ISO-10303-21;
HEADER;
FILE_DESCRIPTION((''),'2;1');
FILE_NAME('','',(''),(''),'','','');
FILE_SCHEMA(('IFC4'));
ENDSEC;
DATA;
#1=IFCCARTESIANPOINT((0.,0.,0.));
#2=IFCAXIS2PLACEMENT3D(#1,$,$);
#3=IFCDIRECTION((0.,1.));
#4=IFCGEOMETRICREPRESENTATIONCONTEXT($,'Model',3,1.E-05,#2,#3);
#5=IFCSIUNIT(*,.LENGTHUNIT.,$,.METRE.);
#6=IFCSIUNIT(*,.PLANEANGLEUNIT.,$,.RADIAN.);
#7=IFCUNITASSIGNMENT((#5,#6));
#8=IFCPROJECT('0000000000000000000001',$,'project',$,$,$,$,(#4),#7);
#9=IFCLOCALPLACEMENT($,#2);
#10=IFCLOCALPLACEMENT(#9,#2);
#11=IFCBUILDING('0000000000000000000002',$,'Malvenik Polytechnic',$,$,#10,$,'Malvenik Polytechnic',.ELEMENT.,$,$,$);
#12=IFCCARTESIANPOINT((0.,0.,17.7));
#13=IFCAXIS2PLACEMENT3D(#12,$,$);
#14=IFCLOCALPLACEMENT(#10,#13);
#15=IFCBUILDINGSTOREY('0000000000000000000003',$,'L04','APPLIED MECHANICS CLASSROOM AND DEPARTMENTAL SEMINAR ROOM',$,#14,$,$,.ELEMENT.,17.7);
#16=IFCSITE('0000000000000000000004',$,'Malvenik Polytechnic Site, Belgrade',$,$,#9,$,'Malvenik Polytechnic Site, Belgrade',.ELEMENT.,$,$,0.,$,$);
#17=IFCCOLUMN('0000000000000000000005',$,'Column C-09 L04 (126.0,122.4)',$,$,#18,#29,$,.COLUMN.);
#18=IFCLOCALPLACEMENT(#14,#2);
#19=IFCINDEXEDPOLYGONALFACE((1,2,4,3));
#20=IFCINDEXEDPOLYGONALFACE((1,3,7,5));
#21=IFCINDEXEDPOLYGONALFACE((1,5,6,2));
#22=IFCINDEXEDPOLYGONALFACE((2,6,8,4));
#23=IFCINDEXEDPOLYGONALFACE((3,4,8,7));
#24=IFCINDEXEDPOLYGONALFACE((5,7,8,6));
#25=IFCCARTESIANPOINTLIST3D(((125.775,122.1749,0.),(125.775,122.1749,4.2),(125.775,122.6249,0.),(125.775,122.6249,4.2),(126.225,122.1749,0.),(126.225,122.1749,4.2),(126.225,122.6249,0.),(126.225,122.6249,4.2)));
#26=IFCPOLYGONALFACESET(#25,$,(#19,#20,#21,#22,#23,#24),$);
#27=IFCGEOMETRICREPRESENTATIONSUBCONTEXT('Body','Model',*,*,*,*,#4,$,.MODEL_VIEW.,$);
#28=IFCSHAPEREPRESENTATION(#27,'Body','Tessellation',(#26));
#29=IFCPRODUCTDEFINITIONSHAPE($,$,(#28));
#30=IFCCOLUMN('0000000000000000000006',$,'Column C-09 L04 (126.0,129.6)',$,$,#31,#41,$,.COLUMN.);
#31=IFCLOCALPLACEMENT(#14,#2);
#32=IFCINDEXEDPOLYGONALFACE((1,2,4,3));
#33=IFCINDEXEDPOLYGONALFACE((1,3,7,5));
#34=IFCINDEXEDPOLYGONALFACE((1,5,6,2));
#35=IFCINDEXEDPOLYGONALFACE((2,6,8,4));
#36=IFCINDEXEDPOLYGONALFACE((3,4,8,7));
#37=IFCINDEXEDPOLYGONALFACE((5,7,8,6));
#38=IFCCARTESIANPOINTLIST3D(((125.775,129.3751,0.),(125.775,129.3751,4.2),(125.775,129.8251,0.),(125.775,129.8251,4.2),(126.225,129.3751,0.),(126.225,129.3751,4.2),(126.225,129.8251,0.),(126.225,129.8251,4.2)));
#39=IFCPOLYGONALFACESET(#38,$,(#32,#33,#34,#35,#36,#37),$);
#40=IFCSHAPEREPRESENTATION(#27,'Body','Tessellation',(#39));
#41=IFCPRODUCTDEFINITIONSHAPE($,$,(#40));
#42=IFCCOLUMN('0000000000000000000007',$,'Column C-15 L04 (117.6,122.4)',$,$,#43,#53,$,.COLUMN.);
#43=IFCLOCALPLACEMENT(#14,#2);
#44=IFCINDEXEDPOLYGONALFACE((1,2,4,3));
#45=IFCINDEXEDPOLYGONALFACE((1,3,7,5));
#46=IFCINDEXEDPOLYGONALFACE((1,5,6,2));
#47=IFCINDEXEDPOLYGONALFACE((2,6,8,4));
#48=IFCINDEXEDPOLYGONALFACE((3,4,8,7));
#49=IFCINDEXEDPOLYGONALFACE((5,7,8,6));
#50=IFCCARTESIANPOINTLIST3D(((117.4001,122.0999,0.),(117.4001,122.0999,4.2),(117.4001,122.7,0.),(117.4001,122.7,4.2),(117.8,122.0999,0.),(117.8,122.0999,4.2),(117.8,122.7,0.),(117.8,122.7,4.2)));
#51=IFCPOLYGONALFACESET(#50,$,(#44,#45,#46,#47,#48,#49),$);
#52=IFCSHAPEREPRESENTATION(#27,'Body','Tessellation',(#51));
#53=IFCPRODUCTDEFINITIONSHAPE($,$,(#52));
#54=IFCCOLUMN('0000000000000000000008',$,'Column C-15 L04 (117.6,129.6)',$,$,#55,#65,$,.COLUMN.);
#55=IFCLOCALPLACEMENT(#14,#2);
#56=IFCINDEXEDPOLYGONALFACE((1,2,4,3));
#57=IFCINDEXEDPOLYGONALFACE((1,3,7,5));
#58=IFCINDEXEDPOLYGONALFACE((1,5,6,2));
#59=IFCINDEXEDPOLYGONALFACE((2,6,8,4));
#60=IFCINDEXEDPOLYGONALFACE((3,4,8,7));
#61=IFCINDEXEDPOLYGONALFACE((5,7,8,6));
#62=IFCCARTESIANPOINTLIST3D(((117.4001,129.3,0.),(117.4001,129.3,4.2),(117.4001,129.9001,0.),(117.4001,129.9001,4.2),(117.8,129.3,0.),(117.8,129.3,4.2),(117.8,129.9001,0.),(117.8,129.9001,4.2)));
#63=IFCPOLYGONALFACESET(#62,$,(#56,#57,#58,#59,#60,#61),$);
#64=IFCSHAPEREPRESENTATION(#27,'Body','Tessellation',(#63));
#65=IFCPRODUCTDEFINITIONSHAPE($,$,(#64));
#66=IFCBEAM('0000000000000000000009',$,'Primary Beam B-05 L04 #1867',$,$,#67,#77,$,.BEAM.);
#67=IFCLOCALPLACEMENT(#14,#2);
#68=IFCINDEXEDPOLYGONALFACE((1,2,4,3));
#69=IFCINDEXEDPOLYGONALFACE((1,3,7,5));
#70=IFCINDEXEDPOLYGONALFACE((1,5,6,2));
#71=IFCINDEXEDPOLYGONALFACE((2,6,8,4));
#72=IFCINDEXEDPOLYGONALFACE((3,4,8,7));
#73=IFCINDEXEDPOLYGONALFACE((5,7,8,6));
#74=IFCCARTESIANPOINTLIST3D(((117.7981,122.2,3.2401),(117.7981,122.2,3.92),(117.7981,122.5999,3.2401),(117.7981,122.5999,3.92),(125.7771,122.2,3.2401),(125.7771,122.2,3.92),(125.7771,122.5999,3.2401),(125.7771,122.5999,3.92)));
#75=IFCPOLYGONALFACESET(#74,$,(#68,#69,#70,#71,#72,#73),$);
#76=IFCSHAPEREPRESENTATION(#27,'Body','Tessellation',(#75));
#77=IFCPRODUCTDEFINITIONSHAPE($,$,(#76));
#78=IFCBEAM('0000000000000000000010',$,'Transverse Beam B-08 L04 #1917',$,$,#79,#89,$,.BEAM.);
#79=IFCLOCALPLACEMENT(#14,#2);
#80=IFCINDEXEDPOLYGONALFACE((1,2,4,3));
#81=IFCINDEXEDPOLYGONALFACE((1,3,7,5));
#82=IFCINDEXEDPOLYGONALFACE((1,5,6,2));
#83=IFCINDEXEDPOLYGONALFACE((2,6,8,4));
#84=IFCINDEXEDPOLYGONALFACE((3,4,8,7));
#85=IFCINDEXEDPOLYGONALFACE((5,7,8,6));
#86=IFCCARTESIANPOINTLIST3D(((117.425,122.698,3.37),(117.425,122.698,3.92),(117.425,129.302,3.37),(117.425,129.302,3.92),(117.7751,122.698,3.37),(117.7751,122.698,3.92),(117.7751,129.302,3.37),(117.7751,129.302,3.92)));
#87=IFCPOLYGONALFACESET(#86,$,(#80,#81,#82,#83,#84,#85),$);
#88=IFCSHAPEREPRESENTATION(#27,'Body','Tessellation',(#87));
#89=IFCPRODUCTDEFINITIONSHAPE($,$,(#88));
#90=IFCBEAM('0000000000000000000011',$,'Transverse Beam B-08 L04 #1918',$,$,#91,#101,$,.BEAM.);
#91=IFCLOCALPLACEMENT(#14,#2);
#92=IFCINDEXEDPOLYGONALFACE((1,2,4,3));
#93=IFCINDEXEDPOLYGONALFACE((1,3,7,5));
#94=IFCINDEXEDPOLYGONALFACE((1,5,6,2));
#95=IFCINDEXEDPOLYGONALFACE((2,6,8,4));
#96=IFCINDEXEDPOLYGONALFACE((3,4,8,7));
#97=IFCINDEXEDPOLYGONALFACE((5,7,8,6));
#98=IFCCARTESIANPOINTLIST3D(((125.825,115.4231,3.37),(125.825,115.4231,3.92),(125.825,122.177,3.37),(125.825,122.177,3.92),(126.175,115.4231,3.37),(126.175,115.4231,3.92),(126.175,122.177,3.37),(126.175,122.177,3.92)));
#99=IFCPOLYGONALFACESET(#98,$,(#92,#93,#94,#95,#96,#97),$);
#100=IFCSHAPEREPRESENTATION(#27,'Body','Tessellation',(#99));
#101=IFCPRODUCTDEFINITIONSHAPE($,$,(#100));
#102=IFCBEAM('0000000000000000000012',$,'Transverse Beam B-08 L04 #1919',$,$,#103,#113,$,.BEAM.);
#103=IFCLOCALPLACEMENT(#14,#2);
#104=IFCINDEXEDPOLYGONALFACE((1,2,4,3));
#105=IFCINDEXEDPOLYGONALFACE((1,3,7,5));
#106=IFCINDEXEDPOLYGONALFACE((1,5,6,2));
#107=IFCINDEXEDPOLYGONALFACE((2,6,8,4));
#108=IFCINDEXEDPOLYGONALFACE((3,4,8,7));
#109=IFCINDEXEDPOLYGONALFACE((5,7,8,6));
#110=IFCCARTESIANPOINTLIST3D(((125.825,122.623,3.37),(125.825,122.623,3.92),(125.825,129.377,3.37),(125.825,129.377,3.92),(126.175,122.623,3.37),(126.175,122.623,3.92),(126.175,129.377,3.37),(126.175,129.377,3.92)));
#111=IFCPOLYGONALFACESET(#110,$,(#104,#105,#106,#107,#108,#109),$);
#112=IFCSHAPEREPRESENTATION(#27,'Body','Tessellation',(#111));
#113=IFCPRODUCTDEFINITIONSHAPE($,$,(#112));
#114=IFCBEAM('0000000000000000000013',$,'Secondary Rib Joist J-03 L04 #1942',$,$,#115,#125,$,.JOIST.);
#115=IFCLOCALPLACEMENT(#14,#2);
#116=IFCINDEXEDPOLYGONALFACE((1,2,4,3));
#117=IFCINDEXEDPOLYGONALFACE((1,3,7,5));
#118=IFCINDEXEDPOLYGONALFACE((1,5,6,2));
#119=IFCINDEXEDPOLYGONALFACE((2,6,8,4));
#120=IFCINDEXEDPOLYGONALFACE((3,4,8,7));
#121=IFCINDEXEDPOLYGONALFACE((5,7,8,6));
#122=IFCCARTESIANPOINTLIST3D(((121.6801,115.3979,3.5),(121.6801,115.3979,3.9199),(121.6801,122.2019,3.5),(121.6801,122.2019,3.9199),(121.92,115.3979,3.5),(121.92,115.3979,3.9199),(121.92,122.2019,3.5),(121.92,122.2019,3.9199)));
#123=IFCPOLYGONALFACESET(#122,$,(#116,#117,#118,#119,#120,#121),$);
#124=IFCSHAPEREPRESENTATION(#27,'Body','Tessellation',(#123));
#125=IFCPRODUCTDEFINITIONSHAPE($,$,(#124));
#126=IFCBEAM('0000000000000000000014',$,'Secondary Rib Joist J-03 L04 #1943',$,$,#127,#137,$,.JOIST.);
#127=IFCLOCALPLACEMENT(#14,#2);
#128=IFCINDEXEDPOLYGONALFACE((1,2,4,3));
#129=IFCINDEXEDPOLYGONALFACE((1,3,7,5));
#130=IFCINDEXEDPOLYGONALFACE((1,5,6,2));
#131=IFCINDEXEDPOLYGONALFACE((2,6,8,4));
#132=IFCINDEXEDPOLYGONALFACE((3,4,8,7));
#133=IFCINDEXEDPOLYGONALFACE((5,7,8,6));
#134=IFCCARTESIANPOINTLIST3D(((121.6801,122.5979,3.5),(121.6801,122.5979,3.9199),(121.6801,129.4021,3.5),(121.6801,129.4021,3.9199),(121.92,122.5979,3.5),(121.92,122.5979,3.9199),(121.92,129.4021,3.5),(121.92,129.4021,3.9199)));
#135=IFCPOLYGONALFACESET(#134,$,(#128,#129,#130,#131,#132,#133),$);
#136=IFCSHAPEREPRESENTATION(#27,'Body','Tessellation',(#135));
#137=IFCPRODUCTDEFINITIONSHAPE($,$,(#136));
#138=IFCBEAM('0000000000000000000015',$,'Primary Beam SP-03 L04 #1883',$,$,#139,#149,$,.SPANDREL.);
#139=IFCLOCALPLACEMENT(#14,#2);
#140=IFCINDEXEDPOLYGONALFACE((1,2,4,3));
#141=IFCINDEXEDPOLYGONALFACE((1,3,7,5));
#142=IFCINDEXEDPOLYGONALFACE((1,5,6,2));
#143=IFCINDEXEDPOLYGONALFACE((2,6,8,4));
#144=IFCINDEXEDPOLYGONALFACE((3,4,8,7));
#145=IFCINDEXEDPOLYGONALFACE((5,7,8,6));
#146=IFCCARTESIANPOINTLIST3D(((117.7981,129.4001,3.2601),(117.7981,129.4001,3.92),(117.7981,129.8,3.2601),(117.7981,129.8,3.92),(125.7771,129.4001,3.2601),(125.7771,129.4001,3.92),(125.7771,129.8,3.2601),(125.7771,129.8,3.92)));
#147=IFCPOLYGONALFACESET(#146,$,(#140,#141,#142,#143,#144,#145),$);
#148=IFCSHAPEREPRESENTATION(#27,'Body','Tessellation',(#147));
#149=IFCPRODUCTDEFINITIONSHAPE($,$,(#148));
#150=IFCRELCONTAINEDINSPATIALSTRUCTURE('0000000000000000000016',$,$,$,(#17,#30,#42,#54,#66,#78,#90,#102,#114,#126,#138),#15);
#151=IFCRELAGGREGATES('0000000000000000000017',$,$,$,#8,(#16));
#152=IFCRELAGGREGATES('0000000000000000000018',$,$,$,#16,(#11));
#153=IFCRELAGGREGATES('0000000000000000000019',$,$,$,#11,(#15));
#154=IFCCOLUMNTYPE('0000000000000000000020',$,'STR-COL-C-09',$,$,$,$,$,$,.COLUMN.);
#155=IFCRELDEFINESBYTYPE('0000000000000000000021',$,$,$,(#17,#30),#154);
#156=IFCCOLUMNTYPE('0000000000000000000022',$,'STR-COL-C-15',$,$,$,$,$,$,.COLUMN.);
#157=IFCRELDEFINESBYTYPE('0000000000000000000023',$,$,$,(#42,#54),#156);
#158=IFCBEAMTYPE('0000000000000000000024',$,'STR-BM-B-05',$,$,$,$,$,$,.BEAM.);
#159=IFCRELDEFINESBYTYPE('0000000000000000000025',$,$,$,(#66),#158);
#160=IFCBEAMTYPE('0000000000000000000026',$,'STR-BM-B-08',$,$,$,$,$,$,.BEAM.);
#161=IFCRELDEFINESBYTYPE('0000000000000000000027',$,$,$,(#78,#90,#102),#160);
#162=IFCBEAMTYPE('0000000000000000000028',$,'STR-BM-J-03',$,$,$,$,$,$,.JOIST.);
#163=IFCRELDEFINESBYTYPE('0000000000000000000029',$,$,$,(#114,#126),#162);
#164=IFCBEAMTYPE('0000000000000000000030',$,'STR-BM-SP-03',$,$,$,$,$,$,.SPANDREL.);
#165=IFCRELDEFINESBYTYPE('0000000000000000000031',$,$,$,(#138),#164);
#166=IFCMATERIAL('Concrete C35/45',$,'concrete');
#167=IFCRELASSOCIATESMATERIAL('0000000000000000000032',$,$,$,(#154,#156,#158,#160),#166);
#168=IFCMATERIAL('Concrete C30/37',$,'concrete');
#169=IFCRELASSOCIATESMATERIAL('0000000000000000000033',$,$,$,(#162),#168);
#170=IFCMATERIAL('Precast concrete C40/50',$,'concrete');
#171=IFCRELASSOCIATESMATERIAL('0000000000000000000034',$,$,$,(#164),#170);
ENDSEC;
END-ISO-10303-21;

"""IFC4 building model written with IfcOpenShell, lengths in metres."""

from ifc_helpers import new_model, si_unit, direction, frame, origin, origin_2d, place, context, subcontext, project, spatial, rectangle, extrude, material, material_profile, profile_set, type_object, element, save


model = new_model("IFC4")

# Units and contexts
model_context = context("Model", 3, precision=1e-05, world=origin(), true_north=direction((0.0, 1.0)))
body_context = subcontext(model_context, "Body", "Model", "MODEL_VIEW")
ifc_project = project(units=[si_unit("LENGTHUNIT", "METRE"), si_unit("PLANEANGLEUNIT", "RADIAN")], contexts=[model_context])

# Site, building, storey
site_placement = place(None, origin())
site = spatial("IfcSite", under=ifc_project, at=site_placement, Name="Malvenik Polytechnic Site, Belgrade", LongName="Malvenik Polytechnic Site, Belgrade", CompositionType="ELEMENT", RefElevation=0.0)
building_placement = place(site_placement, origin())
building = spatial("IfcBuilding", under=site, at=building_placement, Name="Malvenik Polytechnic", LongName="Malvenik Polytechnic", CompositionType="ELEMENT")
storey_placement = place(building_placement, frame((0.0, 0.0, 17.7)))
storey = spatial("IfcBuildingStorey", under=building, at=storey_placement, Name="L04", Description="APPLIED MECHANICS CLASSROOM AND DEPARTMENTAL SEMINAR ROOM", CompositionType="ELEMENT", Elevation=17.7)

# Columns
ifc_material_1 = material(Name="Concrete C35/45", Category="concrete")
ifc_material_profile_1 = material_profile(ifc_material_1, rectangle(XDim=0.45, YDim=0.45, at=origin_2d()), Name="RC COL 450x450")
ifc_profile_set_1 = profile_set([ifc_material_profile_1], Name="Concrete C35/45")
column_type_1 = type_object("IfcColumnType", Name="STR-COL-C-09", PredefinedType="COLUMN", material=ifc_profile_set_1)
for number, where, z_axis, x_axis, name in (
    (1, (126.0, 122.3999, 0.0), (0.0, 0.0, 1.0), (1.0, 0.0, 0.0), "Column C-09 L04 (126.0,122.4)"),
    (2, (126.0, 129.6001, 0.0), (0.0, 0.0, 1.0), (1.0, 0.0, 0.0), "Column C-09 L04 (126.0,129.6)"),
):
    element("IfcColumn", number, at=place(storey_placement, frame(where, z_axis=z_axis, x_axis=x_axis)), inside=storey, type_object=column_type_1, Name=name, PredefinedType="COLUMN", context=body_context, shape_type="SweptSolid", body=[
        extrude(rectangle(XDim=0.45, YDim=0.45, at=origin_2d()), origin(), (0.0, 0.0, 1.0), 4.2),
    ])
ifc_material_profile_2 = material_profile(ifc_material_1, rectangle(XDim=0.3999, YDim=0.6001, at=origin_2d()), Name="RC COL 600x400")
ifc_profile_set_2 = profile_set([ifc_material_profile_2], Name="Concrete C35/45")
column_type_2 = type_object("IfcColumnType", Name="STR-COL-C-15", PredefinedType="COLUMN", material=ifc_profile_set_2)
for number, where, z_axis, x_axis, name in (
    (3, (117.6001, 122.3999, 0.0), (0.0, 0.0, 1.0), (1.0, 0.0, 0.0), "Column C-15 L04 (117.6,122.4)"),
    (4, (117.6001, 129.6001, 0.0), (0.0, 0.0, 1.0), (1.0, 0.0, 0.0), "Column C-15 L04 (117.6,129.6)"),
):
    element("IfcColumn", number, at=place(storey_placement, frame(where, z_axis=z_axis, x_axis=x_axis)), inside=storey, type_object=column_type_2, Name=name, PredefinedType="COLUMN", context=body_context, shape_type="SweptSolid", body=[
        extrude(rectangle(XDim=0.3999, YDim=0.6001, at=origin_2d()), origin(), (0.0, 0.0, 1.0), 4.2),
    ])

# Beams
ifc_material_profile_3 = material_profile(ifc_material_1, rectangle(XDim=0.3999, YDim=0.6799, at=origin_2d()), Name="RC BM 400x680")
ifc_profile_set_3 = profile_set([ifc_material_profile_3], Name="Concrete C35/45")
beam_type_1 = type_object("IfcBeamType", Name="STR-BM-B-05", PredefinedType="BEAM", material=ifc_profile_set_3)
beam_1_placement = place(storey_placement, frame((117.7981, 122.3999, 3.5801), z_axis=(1.0, 0.0, 0.0), x_axis=(0.0, 1.0, 0.0)))
element("IfcBeam", 5, at=beam_1_placement, inside=storey, type_object=beam_type_1, Name="Primary Beam B-05 L04 #1867", PredefinedType="BEAM", context=body_context, shape_type="SweptSolid", body=[
    extrude(rectangle(XDim=0.3999, YDim=0.6799, at=origin_2d()), origin(), (0.0, 0.0, 1.0), 7.979),
])
ifc_material_profile_4 = material_profile(ifc_material_1, rectangle(XDim=0.3501, YDim=0.55, at=origin_2d()), Name="RC BM 350x550")
ifc_profile_set_4 = profile_set([ifc_material_profile_4], Name="Concrete C35/45")
beam_type_2 = type_object("IfcBeamType", Name="STR-BM-B-08", PredefinedType="BEAM", material=ifc_profile_set_4)
beam_2_placement = place(storey_placement, frame((117.6001, 122.698, 3.645), z_axis=(0.0, 1.0, 0.0), x_axis=(-1.0, 0.0, 0.0)))
element("IfcBeam", 6, at=beam_2_placement, inside=storey, type_object=beam_type_2, Name="Transverse Beam B-08 L04 #1917", PredefinedType="BEAM", context=body_context, shape_type="SweptSolid", body=[
    extrude(rectangle(XDim=0.3501, YDim=0.55, at=origin_2d()), origin(), (0.0, 0.0, 1.0), 6.604),
])
for number, where, z_axis, x_axis, name in (
    (7, (126.0, 115.4231, 3.645), (0.0, 1.0, 0.0), (-1.0, 0.0, 0.0), "Transverse Beam B-08 L04 #1918"),
    (8, (126.0, 122.623, 3.645), (0.0, 1.0, 0.0), (-1.0, 0.0, 0.0), "Transverse Beam B-08 L04 #1919"),
):
    element("IfcBeam", number, at=place(storey_placement, frame(where, z_axis=z_axis, x_axis=x_axis)), inside=storey, type_object=beam_type_2, Name=name, PredefinedType="BEAM", context=body_context, shape_type="SweptSolid", body=[
        extrude(rectangle(XDim=0.3501, YDim=0.55, at=origin_2d()), origin(), (0.0, 0.0, 1.0), 6.7539),
    ])
ifc_material_2 = material(Name="Concrete C30/37", Category="concrete")
ifc_material_profile_5 = material_profile(ifc_material_2, rectangle(XDim=0.24, YDim=0.4199, at=origin_2d()), Name="RC JST 240x420")
ifc_profile_set_5 = profile_set([ifc_material_profile_5], Name="Concrete C30/37")
beam_type_3 = type_object("IfcBeamType", Name="STR-BM-J-03", PredefinedType="JOIST", material=ifc_profile_set_5)
beam_3_placement = place(storey_placement, frame((121.8, 115.3979, 3.71), z_axis=(0.0, 1.0, 0.0), x_axis=(-1.0, 0.0, 0.0)))
element("IfcBeam", 9, at=beam_3_placement, inside=storey, type_object=beam_type_3, Name="Secondary Rib Joist J-03 L04 #1942", PredefinedType="JOIST", context=body_context, shape_type="SweptSolid", body=[
    extrude(rectangle(XDim=0.24, YDim=0.4199, at=origin_2d()), origin(), (0.0, 0.0, 1.0), 6.804),
])
beam_4_placement = place(storey_placement, frame((121.8, 122.5979, 3.71), z_axis=(0.0, 1.0, 0.0), x_axis=(-1.0, 0.0, 0.0)))
element("IfcBeam", 10, at=beam_4_placement, inside=storey, type_object=beam_type_3, Name="Secondary Rib Joist J-03 L04 #1943", PredefinedType="JOIST", context=body_context, shape_type="SweptSolid", body=[
    extrude(rectangle(XDim=0.24, YDim=0.4199, at=origin_2d()), origin(), (0.0, 0.0, 1.0), 6.8042),
])
ifc_material_3 = material(Name="Precast concrete C40/50", Category="concrete")
ifc_material_profile_6 = material_profile(ifc_material_3, rectangle(XDim=0.3999, YDim=0.6599, at=origin_2d()), Name="PC SPN 400x660")
ifc_profile_set_6 = profile_set([ifc_material_profile_6], Name="Precast concrete C40/50")
beam_type_4 = type_object("IfcBeamType", Name="STR-BM-SP-03", PredefinedType="SPANDREL", material=ifc_profile_set_6)
beam_5_placement = place(storey_placement, frame((117.7981, 129.6001, 3.5901), z_axis=(1.0, 0.0, 0.0), x_axis=(0.0, 1.0, 0.0)))
element("IfcBeam", 11, at=beam_5_placement, inside=storey, type_object=beam_type_4, Name="Primary Beam SP-03 L04 #1883", PredefinedType="SPANDREL", context=body_context, shape_type="SweptSolid", body=[
    extrude(rectangle(XDim=0.3999, YDim=0.6599, at=origin_2d()), origin(), (0.0, 0.0, 1.0), 7.979),
])

save(model, "model.ifc")
